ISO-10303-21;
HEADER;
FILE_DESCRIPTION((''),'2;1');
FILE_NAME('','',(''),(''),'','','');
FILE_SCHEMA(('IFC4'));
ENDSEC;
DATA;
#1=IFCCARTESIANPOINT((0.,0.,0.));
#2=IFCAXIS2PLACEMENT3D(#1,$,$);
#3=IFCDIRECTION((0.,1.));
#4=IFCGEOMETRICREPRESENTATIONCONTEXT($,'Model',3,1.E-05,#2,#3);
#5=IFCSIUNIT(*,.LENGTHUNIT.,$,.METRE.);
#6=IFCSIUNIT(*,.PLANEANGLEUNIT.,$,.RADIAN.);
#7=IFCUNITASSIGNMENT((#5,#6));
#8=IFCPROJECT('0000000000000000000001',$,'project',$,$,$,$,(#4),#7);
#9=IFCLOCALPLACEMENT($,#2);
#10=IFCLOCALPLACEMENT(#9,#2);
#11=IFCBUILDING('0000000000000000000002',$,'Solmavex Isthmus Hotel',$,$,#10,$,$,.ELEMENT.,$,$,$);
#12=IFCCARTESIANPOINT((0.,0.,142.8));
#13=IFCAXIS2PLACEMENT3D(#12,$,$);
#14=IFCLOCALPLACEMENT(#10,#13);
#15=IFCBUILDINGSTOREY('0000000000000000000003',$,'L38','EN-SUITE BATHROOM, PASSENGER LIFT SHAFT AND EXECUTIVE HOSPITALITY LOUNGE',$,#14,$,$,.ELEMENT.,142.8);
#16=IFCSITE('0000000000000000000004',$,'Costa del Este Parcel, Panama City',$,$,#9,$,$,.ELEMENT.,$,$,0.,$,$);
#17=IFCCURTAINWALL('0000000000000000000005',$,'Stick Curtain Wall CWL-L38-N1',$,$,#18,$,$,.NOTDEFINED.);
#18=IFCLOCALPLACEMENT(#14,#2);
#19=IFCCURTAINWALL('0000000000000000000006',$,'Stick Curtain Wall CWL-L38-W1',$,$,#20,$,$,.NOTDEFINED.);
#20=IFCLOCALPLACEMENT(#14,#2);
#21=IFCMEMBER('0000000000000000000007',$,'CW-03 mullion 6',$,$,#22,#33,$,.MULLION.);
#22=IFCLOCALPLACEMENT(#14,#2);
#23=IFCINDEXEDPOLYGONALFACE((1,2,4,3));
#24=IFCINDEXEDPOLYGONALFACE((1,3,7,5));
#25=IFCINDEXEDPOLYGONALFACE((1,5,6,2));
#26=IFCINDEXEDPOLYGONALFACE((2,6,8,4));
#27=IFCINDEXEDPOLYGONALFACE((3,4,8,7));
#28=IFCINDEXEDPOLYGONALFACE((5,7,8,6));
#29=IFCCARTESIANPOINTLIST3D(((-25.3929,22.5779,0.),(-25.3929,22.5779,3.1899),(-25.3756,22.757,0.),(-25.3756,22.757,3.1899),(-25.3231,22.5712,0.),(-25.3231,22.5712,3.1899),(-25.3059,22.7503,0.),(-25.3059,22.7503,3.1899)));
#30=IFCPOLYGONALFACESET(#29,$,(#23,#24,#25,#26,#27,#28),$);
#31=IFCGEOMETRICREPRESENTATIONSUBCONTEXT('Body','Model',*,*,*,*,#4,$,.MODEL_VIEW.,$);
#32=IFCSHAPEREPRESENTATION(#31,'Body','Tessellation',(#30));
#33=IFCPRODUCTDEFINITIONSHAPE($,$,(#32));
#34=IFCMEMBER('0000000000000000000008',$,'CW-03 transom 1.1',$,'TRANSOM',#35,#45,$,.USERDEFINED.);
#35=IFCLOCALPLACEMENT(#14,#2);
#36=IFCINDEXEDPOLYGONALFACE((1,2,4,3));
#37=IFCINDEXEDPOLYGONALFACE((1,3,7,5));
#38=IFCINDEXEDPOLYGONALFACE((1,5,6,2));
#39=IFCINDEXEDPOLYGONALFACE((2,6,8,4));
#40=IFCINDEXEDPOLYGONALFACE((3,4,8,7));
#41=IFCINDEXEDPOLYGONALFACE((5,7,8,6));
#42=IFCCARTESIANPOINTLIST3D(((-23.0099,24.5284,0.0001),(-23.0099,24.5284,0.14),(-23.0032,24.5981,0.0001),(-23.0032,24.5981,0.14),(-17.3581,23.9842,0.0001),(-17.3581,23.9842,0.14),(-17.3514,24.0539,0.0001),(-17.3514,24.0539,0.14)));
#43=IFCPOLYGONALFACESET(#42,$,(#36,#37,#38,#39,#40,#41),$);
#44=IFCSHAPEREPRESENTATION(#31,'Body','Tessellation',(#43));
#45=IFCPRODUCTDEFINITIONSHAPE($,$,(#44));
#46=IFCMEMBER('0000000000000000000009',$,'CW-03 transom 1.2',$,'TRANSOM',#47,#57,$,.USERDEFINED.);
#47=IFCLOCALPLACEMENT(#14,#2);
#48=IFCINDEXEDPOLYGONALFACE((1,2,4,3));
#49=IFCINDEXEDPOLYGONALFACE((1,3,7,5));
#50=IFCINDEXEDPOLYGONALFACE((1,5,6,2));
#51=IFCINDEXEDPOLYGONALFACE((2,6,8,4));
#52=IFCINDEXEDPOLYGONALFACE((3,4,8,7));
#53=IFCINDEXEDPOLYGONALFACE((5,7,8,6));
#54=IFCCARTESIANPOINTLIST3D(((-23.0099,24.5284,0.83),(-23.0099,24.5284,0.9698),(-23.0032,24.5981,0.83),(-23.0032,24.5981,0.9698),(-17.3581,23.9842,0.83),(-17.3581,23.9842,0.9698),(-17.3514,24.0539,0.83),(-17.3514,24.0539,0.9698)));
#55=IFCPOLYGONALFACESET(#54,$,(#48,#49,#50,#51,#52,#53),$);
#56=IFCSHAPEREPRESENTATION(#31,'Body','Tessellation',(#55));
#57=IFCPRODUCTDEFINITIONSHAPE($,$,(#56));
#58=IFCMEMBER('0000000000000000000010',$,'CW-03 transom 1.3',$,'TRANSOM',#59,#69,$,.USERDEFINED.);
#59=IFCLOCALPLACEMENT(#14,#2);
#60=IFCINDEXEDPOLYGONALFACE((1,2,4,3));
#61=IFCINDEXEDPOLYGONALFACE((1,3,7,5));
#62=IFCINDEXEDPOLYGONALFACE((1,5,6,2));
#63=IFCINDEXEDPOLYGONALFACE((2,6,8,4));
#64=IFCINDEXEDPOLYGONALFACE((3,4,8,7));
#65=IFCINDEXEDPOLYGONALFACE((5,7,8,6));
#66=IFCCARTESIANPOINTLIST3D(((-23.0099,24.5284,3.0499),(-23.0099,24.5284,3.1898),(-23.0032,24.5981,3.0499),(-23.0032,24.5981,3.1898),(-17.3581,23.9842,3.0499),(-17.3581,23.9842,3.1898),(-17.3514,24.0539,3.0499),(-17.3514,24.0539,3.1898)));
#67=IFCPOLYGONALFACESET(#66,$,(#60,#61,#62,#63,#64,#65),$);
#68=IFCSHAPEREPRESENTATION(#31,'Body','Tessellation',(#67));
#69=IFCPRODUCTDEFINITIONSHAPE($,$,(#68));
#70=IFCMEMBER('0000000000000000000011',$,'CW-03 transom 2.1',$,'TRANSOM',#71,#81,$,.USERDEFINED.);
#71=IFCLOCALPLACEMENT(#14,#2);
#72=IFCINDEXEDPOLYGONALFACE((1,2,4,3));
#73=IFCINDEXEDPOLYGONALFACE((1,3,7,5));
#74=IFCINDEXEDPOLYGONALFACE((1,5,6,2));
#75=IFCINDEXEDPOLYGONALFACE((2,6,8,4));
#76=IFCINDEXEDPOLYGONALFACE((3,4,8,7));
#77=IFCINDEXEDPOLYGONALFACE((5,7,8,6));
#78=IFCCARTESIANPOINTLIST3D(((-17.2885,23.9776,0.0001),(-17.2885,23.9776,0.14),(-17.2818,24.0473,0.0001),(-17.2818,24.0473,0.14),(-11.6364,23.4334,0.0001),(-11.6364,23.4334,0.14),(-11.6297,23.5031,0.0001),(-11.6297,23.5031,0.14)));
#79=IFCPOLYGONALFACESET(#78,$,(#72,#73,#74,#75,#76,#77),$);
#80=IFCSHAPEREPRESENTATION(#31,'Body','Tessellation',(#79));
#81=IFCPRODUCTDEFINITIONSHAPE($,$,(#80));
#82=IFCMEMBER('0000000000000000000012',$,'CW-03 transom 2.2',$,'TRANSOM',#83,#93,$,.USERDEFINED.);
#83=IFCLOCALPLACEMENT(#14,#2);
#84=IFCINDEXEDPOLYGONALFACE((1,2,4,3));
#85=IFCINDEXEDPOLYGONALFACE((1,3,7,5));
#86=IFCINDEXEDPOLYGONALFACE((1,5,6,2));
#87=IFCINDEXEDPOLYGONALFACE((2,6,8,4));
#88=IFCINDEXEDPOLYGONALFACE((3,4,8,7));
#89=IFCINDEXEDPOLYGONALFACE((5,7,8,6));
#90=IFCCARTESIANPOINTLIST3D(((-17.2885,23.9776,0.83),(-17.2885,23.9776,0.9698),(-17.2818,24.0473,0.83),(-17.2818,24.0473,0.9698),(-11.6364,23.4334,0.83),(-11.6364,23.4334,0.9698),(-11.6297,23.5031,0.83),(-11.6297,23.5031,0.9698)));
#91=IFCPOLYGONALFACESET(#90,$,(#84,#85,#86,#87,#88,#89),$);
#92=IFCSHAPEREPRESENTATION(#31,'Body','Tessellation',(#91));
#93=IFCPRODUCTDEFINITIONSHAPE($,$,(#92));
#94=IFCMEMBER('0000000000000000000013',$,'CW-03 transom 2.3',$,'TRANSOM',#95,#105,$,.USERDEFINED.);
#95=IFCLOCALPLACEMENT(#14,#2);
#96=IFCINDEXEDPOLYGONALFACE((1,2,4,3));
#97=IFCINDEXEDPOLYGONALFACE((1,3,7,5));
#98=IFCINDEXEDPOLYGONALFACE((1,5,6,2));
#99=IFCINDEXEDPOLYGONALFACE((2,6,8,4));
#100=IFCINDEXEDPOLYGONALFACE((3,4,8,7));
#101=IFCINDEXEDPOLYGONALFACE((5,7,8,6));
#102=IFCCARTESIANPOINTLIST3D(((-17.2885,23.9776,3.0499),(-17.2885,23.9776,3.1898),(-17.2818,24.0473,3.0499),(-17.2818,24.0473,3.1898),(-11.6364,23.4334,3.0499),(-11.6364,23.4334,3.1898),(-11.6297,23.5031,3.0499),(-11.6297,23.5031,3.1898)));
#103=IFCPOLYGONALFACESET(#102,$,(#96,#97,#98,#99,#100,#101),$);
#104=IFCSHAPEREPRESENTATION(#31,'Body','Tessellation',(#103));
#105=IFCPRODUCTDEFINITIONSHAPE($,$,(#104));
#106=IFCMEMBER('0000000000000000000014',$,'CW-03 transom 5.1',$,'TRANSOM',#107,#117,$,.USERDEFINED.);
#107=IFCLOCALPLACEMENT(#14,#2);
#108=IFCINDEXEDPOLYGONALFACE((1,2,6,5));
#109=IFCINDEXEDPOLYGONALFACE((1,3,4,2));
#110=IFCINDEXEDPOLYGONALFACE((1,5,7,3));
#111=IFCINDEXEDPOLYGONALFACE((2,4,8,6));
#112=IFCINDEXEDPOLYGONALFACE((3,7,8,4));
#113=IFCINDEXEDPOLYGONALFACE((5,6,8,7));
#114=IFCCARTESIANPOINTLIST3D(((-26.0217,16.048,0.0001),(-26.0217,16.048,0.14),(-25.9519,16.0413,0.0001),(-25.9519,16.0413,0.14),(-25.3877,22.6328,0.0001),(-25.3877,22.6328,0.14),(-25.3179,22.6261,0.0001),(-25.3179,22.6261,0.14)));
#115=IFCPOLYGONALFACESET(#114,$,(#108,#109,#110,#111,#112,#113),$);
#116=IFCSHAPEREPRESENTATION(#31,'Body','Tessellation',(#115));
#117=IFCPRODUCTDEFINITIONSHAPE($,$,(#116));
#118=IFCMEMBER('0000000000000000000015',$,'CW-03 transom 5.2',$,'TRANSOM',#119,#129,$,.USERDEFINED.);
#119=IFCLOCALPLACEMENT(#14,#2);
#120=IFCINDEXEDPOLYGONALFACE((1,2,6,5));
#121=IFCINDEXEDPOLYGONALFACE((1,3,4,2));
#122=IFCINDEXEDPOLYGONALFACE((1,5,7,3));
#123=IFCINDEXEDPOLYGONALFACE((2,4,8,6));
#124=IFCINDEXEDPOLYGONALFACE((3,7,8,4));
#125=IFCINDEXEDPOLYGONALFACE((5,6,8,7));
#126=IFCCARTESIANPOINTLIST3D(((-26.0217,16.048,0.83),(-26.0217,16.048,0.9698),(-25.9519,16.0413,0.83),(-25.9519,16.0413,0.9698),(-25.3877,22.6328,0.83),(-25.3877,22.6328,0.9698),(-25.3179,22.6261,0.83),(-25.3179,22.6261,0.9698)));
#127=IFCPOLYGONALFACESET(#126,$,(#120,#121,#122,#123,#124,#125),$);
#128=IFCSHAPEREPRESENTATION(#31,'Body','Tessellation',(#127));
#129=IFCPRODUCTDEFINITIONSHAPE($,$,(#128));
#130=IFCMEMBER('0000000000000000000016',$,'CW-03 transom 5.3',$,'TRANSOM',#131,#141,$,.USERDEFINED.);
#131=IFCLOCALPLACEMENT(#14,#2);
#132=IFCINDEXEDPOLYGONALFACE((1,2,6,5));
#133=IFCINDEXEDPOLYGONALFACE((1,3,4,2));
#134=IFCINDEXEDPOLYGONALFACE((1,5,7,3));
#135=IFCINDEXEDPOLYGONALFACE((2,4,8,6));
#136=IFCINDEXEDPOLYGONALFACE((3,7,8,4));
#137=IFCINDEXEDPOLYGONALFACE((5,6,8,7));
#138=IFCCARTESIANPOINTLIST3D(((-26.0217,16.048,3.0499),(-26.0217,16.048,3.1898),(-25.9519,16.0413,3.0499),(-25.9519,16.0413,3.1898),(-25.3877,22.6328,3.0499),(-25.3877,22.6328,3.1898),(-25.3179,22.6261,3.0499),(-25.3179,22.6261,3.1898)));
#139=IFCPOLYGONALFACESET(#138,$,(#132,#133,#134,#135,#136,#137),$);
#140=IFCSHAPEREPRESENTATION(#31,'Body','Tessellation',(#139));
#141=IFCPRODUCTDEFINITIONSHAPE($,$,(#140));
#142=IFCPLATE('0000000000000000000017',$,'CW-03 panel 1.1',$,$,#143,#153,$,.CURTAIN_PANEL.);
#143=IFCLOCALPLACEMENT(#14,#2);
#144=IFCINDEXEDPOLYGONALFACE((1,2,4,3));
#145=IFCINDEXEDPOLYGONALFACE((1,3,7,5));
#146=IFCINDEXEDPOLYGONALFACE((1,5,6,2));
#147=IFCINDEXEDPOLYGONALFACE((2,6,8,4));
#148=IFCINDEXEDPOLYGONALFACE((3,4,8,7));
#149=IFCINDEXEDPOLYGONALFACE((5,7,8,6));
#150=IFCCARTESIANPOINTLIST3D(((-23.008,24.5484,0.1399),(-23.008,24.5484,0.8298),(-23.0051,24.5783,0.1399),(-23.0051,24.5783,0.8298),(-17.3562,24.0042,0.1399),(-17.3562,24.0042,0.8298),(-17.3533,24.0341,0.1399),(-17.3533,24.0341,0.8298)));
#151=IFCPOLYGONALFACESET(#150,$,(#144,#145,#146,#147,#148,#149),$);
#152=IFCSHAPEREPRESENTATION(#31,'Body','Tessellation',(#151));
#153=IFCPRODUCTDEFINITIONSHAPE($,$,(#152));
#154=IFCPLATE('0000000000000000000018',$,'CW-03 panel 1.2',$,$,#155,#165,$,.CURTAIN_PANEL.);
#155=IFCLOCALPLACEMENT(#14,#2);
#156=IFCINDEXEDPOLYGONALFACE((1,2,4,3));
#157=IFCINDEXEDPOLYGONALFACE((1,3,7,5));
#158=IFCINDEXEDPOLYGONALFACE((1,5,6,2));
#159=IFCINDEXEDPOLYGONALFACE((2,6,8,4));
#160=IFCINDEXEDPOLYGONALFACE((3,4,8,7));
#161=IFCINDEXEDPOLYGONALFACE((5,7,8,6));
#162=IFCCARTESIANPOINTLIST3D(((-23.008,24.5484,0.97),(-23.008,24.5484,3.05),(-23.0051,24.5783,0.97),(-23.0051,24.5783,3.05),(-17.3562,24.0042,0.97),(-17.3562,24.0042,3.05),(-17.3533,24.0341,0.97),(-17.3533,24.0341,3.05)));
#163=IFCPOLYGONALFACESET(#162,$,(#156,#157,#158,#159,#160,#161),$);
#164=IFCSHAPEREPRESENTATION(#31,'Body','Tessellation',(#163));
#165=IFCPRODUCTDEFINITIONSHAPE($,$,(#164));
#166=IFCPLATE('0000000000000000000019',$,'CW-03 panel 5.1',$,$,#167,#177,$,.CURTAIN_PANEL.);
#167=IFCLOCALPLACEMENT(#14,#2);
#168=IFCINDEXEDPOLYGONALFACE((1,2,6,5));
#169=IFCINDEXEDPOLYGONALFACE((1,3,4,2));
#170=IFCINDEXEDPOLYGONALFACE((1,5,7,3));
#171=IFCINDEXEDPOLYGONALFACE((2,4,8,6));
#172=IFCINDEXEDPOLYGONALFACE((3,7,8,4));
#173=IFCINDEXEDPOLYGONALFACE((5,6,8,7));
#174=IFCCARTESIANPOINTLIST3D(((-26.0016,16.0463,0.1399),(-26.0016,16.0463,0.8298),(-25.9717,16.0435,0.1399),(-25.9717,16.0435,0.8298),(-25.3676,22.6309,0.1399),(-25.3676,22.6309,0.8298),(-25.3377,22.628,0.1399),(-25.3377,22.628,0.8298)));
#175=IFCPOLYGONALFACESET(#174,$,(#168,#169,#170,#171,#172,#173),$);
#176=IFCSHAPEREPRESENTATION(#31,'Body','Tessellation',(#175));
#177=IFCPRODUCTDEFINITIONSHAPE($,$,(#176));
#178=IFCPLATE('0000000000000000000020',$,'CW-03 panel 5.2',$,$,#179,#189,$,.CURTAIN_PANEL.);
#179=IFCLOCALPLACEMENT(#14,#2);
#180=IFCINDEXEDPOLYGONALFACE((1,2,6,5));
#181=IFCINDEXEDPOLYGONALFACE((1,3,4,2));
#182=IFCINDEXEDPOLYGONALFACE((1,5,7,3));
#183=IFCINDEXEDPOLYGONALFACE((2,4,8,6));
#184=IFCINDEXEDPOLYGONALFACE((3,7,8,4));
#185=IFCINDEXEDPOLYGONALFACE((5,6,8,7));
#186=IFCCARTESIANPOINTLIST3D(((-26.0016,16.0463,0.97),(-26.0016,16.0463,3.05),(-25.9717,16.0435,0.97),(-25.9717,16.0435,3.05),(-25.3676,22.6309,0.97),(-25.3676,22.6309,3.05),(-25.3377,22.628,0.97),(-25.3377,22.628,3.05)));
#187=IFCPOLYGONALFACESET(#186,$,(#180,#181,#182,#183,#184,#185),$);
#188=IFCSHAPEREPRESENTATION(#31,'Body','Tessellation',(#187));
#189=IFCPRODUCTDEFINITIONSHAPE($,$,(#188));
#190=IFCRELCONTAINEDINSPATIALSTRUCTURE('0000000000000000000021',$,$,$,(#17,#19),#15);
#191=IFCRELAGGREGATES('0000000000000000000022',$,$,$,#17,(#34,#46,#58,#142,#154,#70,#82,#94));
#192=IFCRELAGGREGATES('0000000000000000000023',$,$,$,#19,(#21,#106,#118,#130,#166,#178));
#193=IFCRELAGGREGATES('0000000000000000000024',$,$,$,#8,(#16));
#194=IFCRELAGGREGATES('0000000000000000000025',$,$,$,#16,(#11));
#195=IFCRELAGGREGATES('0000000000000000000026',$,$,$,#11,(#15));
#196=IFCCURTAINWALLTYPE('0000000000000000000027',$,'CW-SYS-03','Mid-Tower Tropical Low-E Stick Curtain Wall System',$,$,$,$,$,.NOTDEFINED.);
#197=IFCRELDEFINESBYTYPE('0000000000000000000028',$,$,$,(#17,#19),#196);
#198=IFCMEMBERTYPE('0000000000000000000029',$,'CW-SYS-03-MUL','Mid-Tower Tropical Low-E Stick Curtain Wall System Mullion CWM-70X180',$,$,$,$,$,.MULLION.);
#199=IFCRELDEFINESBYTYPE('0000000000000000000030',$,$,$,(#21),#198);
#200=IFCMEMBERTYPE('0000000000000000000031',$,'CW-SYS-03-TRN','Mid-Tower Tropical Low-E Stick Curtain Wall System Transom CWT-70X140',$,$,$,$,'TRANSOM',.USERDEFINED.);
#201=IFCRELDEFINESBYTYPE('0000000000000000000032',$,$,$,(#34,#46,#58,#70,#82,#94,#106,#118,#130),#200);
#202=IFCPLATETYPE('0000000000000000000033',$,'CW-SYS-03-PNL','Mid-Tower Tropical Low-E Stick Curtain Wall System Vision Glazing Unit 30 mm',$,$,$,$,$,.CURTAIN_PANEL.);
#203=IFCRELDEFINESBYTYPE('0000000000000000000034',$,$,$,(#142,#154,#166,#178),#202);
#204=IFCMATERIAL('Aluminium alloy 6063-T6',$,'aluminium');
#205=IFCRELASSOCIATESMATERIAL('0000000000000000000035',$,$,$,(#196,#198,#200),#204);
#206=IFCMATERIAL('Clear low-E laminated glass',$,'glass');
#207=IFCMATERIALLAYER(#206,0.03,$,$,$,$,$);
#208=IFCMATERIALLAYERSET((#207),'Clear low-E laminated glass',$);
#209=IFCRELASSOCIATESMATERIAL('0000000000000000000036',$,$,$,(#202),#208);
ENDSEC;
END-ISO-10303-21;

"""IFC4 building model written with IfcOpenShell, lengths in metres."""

from ifc_helpers import new_model, si_unit, direction, frame, origin, origin_2d, place, context, subcontext, project, spatial, rectangle, extrude, material, layer, layer_set, material_profile, profile_set, type_object, element, aggregate, save


model = new_model("IFC4")

# Units and contexts
model_context = context("Model", 3, precision=1e-05, world=origin(), true_north=direction((0.0, 1.0)))
body_context = subcontext(model_context, "Body", "Model", "MODEL_VIEW")
ifc_project = project(units=[si_unit("LENGTHUNIT", "METRE"), si_unit("PLANEANGLEUNIT", "RADIAN")], contexts=[model_context])

# Site, building, storey
site_placement = place(None, origin())
site = spatial("IfcSite", under=ifc_project, at=site_placement, Name="Costa del Este Parcel, Panama City", CompositionType="ELEMENT", RefElevation=0.0)
building_placement = place(site_placement, origin())
building = spatial("IfcBuilding", under=site, at=building_placement, Name="Solmavex Isthmus Hotel", CompositionType="ELEMENT")
storey_placement = place(building_placement, frame((0.0, 0.0, 142.8)))
storey = spatial("IfcBuildingStorey", under=building, at=storey_placement, Name="L38", Description="EN-SUITE BATHROOM, PASSENGER LIFT SHAFT AND EXECUTIVE HOSPITALITY LOUNGE", CompositionType="ELEMENT", Elevation=142.8)

# Curtain walls, member
ifc_material_1 = material(Name="Aluminium alloy 6063-T6", Category="aluminium")
curtain_wall_type = type_object("IfcCurtainWallType", Name="CW-SYS-03", Description="Mid-Tower Tropical Low-E Stick Curtain Wall System", PredefinedType="NOTDEFINED", material=ifc_material_1)
curtain_wall_1_placement = place(storey_placement, origin())
curtain_wall_1 = element("IfcCurtainWall", 1, at=curtain_wall_1_placement, inside=storey, type_object=curtain_wall_type, Name="Stick Curtain Wall CWL-L38-N1", PredefinedType="NOTDEFINED")
ifc_material_profile_1 = material_profile(ifc_material_1, rectangle(XDim=0.0701, YDim=0.1799, at=origin_2d()), Name="CWM-70X180")
ifc_profile_set_1 = profile_set([ifc_material_profile_1], Name="Aluminium alloy 6063-T6")
member_type_1 = type_object("IfcMemberType", Name="CW-SYS-03-MUL", Description="Mid-Tower Tropical Low-E Stick Curtain Wall System Mullion CWM-70X180", PredefinedType="MULLION", material=ifc_profile_set_1)
curtain_wall_2_placement = place(storey_placement, origin())
curtain_wall_2 = element("IfcCurtainWall", 2, at=curtain_wall_2_placement, inside=storey, type_object=curtain_wall_type, Name="Stick Curtain Wall CWL-L38-W1", PredefinedType="NOTDEFINED")
member_1_placement = place(storey_placement, frame((-25.3494, 22.6641, 0.0), z_axis=(0.0, 0.0, 1.0), x_axis=(-0.995396, 0.095846, 0.0)))
member_1 = element("IfcMember", 3, at=member_1_placement, type_object=member_type_1, Name="CW-03 mullion 6", PredefinedType="MULLION", context=body_context, shape_type="SweptSolid", body=[
    extrude(rectangle(XDim=0.0701, YDim=0.1799, at=origin_2d()), origin(), (0.0, 0.0, 1.0), 3.1899),
])

# Members
ifc_material_profile_2 = material_profile(ifc_material_1, rectangle(XDim=0.0701, YDim=0.1399, at=origin_2d()), Name="CWT-70X140")
ifc_profile_set_2 = profile_set([ifc_material_profile_2], Name="Aluminium alloy 6063-T6")
member_type_2 = type_object("IfcMemberType", Name="CW-SYS-03-TRN", Description="Mid-Tower Tropical Low-E Stick Curtain Wall System Transom CWT-70X140", ElementType="TRANSOM", PredefinedType="USERDEFINED", material=ifc_profile_set_2)
member_2_placement = place(storey_placement, frame((-23.0066, 24.5632, 0.0701), z_axis=(0.995397, -0.095842, 0.0), x_axis=(0.095842, 0.995397, 0.0)))
member_2 = element("IfcMember", 4, at=member_2_placement, type_object=member_type_2, Name="CW-03 transom 1.1", ObjectType="TRANSOM", PredefinedType="USERDEFINED", context=body_context, shape_type="SweptSolid", body=[
    extrude(rectangle(XDim=0.0701, YDim=0.1399, at=origin_2d()), origin(), (0.0, 0.0, 1.0), 5.678),
])
member_3_placement = place(storey_placement, frame((-23.0066, 24.5632, 0.8999), z_axis=(0.995397, -0.095842, 0.0), x_axis=(0.095842, 0.995397, 0.0)))
member_3 = element("IfcMember", 5, at=member_3_placement, type_object=member_type_2, Name="CW-03 transom 1.2", ObjectType="TRANSOM", PredefinedType="USERDEFINED", context=body_context, shape_type="SweptSolid", body=[
    extrude(rectangle(XDim=0.0701, YDim=0.1399, at=origin_2d()), origin(), (0.0, 0.0, 1.0), 5.678),
])
member_4_placement = place(storey_placement, frame((-23.0066, 24.5632, 3.1199), z_axis=(0.995397, -0.095842, 0.0), x_axis=(0.095842, 0.995397, 0.0)))
member_4 = element("IfcMember", 6, at=member_4_placement, type_object=member_type_2, Name="CW-03 transom 1.3", ObjectType="TRANSOM", PredefinedType="USERDEFINED", context=body_context, shape_type="SweptSolid", body=[
    extrude(rectangle(XDim=0.0701, YDim=0.1399, at=origin_2d()), origin(), (0.0, 0.0, 1.0), 5.678),
])
member_5_placement = place(storey_placement, frame((-17.2852, 24.0125, 0.0701), z_axis=(0.995397, -0.095838, 0.0), x_axis=(0.095838, 0.995397, 0.0)))
member_5 = element("IfcMember", 7, at=member_5_placement, type_object=member_type_2, Name="CW-03 transom 2.1", ObjectType="TRANSOM", PredefinedType="USERDEFINED", context=body_context, shape_type="SweptSolid", body=[
    extrude(rectangle(XDim=0.0701, YDim=0.1399, at=origin_2d()), origin(), (0.0, 0.0, 1.0), 5.6782),
])
member_6_placement = place(storey_placement, frame((-17.2852, 24.0125, 0.8999), z_axis=(0.995397, -0.095838, 0.0), x_axis=(0.095838, 0.995397, 0.0)))
member_6 = element("IfcMember", 8, at=member_6_placement, type_object=member_type_2, Name="CW-03 transom 2.2", ObjectType="TRANSOM", PredefinedType="USERDEFINED", context=body_context, shape_type="SweptSolid", body=[
    extrude(rectangle(XDim=0.0701, YDim=0.1399, at=origin_2d()), origin(), (0.0, 0.0, 1.0), 5.6782),
])
member_7_placement = place(storey_placement, frame((-17.2852, 24.0125, 3.1199), z_axis=(0.995397, -0.095838, 0.0), x_axis=(0.095838, 0.995397, 0.0)))
member_7 = element("IfcMember", 9, at=member_7_placement, type_object=member_type_2, Name="CW-03 transom 2.3", ObjectType="TRANSOM", PredefinedType="USERDEFINED", context=body_context, shape_type="SweptSolid", body=[
    extrude(rectangle(XDim=0.0701, YDim=0.1399, at=origin_2d()), origin(), (0.0, 0.0, 1.0), 5.6782),
])
member_8_placement = place(storey_placement, frame((-25.9868, 16.0447, 0.0701), z_axis=(0.095845, 0.995396, 0.0), x_axis=(-0.995396, 0.095845, 0.0)))
member_8 = element("IfcMember", 10, at=member_8_placement, type_object=member_type_2, Name="CW-03 transom 5.1", ObjectType="TRANSOM", PredefinedType="USERDEFINED", context=body_context, shape_type="SweptSolid", body=[
    extrude(rectangle(XDim=0.0701, YDim=0.1399, at=origin_2d()), origin(), (0.0, 0.0, 1.0), 6.6152),
])
member_9_placement = place(storey_placement, frame((-25.9868, 16.0447, 0.8999), z_axis=(0.095845, 0.995396, 0.0), x_axis=(-0.995396, 0.095845, 0.0)))
member_9 = element("IfcMember", 11, at=member_9_placement, type_object=member_type_2, Name="CW-03 transom 5.2", ObjectType="TRANSOM", PredefinedType="USERDEFINED", context=body_context, shape_type="SweptSolid", body=[
    extrude(rectangle(XDim=0.0701, YDim=0.1399, at=origin_2d()), origin(), (0.0, 0.0, 1.0), 6.6152),
])
member_10_placement = place(storey_placement, frame((-25.9868, 16.0447, 3.1199), z_axis=(0.095845, 0.995396, 0.0), x_axis=(-0.995396, 0.095845, 0.0)))
member_10 = element("IfcMember", 12, at=member_10_placement, type_object=member_type_2, Name="CW-03 transom 5.3", ObjectType="TRANSOM", PredefinedType="USERDEFINED", context=body_context, shape_type="SweptSolid", body=[
    extrude(rectangle(XDim=0.0701, YDim=0.1399, at=origin_2d()), origin(), (0.0, 0.0, 1.0), 6.6152),
])

# Plates
ifc_material_2 = material(Name="Clear low-E laminated glass", Category="glass")
ifc_layer_1 = layer(ifc_material_2, 0.03)
ifc_layer_set_1 = layer_set([ifc_layer_1], Name="Clear low-E laminated glass")
plate_type = type_object("IfcPlateType", Name="CW-SYS-03-PNL", Description="Mid-Tower Tropical Low-E Stick Curtain Wall System Vision Glazing Unit 30 mm", PredefinedType="CURTAIN_PANEL", material=ifc_layer_set_1)
plate_1_placement = place(storey_placement, frame((-20.1807, 24.2913, 0.1399), z_axis=(0.0, 0.0, 1.0), x_axis=(0.995396, -0.095846, 0.0)))
plate_1 = element("IfcPlate", 13, at=plate_1_placement, type_object=plate_type, Name="CW-03 panel 1.1", PredefinedType="CURTAIN_PANEL", context=body_context, shape_type="SweptSolid", body=[
    extrude(rectangle(XDim=5.678, YDim=0.03, at=origin_2d()), origin(), (0.0, 0.0, 1.0), 0.6899),
])
plate_2_placement = place(storey_placement, frame((-20.1807, 24.2913, 0.97), z_axis=(0.0, 0.0, 1.0), x_axis=(0.995396, -0.095846, 0.0)))
plate_2 = element("IfcPlate", 14, at=plate_2_placement, type_object=plate_type, Name="CW-03 panel 1.2", PredefinedType="CURTAIN_PANEL", context=body_context, shape_type="SweptSolid", body=[
    extrude(rectangle(XDim=5.678, YDim=0.03, at=origin_2d()), origin(), (0.0, 0.0, 1.0), 2.0801),
])
aggregate(curtain_wall_1, [member_2, member_3, member_4, plate_1, plate_2, member_5, member_6, member_7])
plate_3_placement = place(storey_placement, frame((-25.6697, 19.3372, 0.1399), z_axis=(0.0, 0.0, 1.0), x_axis=(0.095846, 0.995396, 0.0)))
plate_3 = element("IfcPlate", 15, at=plate_3_placement, type_object=plate_type, Name="CW-03 panel 5.1", PredefinedType="CURTAIN_PANEL", context=body_context, shape_type="SweptSolid", body=[
    extrude(rectangle(XDim=6.615, YDim=0.03, at=origin_2d()), origin(), (0.0, 0.0, 1.0), 0.6899),
])
plate_4_placement = place(storey_placement, frame((-25.6697, 19.3372, 0.97), z_axis=(0.0, 0.0, 1.0), x_axis=(0.095846, 0.995396, 0.0)))
plate_4 = element("IfcPlate", 16, at=plate_4_placement, type_object=plate_type, Name="CW-03 panel 5.2", PredefinedType="CURTAIN_PANEL", context=body_context, shape_type="SweptSolid", body=[
    extrude(rectangle(XDim=6.615, YDim=0.03, at=origin_2d()), origin(), (0.0, 0.0, 1.0), 2.0801),
])
aggregate(curtain_wall_2, [member_1, member_8, member_9, member_10, plate_3, plate_4])

save(model, "model.ifc")
